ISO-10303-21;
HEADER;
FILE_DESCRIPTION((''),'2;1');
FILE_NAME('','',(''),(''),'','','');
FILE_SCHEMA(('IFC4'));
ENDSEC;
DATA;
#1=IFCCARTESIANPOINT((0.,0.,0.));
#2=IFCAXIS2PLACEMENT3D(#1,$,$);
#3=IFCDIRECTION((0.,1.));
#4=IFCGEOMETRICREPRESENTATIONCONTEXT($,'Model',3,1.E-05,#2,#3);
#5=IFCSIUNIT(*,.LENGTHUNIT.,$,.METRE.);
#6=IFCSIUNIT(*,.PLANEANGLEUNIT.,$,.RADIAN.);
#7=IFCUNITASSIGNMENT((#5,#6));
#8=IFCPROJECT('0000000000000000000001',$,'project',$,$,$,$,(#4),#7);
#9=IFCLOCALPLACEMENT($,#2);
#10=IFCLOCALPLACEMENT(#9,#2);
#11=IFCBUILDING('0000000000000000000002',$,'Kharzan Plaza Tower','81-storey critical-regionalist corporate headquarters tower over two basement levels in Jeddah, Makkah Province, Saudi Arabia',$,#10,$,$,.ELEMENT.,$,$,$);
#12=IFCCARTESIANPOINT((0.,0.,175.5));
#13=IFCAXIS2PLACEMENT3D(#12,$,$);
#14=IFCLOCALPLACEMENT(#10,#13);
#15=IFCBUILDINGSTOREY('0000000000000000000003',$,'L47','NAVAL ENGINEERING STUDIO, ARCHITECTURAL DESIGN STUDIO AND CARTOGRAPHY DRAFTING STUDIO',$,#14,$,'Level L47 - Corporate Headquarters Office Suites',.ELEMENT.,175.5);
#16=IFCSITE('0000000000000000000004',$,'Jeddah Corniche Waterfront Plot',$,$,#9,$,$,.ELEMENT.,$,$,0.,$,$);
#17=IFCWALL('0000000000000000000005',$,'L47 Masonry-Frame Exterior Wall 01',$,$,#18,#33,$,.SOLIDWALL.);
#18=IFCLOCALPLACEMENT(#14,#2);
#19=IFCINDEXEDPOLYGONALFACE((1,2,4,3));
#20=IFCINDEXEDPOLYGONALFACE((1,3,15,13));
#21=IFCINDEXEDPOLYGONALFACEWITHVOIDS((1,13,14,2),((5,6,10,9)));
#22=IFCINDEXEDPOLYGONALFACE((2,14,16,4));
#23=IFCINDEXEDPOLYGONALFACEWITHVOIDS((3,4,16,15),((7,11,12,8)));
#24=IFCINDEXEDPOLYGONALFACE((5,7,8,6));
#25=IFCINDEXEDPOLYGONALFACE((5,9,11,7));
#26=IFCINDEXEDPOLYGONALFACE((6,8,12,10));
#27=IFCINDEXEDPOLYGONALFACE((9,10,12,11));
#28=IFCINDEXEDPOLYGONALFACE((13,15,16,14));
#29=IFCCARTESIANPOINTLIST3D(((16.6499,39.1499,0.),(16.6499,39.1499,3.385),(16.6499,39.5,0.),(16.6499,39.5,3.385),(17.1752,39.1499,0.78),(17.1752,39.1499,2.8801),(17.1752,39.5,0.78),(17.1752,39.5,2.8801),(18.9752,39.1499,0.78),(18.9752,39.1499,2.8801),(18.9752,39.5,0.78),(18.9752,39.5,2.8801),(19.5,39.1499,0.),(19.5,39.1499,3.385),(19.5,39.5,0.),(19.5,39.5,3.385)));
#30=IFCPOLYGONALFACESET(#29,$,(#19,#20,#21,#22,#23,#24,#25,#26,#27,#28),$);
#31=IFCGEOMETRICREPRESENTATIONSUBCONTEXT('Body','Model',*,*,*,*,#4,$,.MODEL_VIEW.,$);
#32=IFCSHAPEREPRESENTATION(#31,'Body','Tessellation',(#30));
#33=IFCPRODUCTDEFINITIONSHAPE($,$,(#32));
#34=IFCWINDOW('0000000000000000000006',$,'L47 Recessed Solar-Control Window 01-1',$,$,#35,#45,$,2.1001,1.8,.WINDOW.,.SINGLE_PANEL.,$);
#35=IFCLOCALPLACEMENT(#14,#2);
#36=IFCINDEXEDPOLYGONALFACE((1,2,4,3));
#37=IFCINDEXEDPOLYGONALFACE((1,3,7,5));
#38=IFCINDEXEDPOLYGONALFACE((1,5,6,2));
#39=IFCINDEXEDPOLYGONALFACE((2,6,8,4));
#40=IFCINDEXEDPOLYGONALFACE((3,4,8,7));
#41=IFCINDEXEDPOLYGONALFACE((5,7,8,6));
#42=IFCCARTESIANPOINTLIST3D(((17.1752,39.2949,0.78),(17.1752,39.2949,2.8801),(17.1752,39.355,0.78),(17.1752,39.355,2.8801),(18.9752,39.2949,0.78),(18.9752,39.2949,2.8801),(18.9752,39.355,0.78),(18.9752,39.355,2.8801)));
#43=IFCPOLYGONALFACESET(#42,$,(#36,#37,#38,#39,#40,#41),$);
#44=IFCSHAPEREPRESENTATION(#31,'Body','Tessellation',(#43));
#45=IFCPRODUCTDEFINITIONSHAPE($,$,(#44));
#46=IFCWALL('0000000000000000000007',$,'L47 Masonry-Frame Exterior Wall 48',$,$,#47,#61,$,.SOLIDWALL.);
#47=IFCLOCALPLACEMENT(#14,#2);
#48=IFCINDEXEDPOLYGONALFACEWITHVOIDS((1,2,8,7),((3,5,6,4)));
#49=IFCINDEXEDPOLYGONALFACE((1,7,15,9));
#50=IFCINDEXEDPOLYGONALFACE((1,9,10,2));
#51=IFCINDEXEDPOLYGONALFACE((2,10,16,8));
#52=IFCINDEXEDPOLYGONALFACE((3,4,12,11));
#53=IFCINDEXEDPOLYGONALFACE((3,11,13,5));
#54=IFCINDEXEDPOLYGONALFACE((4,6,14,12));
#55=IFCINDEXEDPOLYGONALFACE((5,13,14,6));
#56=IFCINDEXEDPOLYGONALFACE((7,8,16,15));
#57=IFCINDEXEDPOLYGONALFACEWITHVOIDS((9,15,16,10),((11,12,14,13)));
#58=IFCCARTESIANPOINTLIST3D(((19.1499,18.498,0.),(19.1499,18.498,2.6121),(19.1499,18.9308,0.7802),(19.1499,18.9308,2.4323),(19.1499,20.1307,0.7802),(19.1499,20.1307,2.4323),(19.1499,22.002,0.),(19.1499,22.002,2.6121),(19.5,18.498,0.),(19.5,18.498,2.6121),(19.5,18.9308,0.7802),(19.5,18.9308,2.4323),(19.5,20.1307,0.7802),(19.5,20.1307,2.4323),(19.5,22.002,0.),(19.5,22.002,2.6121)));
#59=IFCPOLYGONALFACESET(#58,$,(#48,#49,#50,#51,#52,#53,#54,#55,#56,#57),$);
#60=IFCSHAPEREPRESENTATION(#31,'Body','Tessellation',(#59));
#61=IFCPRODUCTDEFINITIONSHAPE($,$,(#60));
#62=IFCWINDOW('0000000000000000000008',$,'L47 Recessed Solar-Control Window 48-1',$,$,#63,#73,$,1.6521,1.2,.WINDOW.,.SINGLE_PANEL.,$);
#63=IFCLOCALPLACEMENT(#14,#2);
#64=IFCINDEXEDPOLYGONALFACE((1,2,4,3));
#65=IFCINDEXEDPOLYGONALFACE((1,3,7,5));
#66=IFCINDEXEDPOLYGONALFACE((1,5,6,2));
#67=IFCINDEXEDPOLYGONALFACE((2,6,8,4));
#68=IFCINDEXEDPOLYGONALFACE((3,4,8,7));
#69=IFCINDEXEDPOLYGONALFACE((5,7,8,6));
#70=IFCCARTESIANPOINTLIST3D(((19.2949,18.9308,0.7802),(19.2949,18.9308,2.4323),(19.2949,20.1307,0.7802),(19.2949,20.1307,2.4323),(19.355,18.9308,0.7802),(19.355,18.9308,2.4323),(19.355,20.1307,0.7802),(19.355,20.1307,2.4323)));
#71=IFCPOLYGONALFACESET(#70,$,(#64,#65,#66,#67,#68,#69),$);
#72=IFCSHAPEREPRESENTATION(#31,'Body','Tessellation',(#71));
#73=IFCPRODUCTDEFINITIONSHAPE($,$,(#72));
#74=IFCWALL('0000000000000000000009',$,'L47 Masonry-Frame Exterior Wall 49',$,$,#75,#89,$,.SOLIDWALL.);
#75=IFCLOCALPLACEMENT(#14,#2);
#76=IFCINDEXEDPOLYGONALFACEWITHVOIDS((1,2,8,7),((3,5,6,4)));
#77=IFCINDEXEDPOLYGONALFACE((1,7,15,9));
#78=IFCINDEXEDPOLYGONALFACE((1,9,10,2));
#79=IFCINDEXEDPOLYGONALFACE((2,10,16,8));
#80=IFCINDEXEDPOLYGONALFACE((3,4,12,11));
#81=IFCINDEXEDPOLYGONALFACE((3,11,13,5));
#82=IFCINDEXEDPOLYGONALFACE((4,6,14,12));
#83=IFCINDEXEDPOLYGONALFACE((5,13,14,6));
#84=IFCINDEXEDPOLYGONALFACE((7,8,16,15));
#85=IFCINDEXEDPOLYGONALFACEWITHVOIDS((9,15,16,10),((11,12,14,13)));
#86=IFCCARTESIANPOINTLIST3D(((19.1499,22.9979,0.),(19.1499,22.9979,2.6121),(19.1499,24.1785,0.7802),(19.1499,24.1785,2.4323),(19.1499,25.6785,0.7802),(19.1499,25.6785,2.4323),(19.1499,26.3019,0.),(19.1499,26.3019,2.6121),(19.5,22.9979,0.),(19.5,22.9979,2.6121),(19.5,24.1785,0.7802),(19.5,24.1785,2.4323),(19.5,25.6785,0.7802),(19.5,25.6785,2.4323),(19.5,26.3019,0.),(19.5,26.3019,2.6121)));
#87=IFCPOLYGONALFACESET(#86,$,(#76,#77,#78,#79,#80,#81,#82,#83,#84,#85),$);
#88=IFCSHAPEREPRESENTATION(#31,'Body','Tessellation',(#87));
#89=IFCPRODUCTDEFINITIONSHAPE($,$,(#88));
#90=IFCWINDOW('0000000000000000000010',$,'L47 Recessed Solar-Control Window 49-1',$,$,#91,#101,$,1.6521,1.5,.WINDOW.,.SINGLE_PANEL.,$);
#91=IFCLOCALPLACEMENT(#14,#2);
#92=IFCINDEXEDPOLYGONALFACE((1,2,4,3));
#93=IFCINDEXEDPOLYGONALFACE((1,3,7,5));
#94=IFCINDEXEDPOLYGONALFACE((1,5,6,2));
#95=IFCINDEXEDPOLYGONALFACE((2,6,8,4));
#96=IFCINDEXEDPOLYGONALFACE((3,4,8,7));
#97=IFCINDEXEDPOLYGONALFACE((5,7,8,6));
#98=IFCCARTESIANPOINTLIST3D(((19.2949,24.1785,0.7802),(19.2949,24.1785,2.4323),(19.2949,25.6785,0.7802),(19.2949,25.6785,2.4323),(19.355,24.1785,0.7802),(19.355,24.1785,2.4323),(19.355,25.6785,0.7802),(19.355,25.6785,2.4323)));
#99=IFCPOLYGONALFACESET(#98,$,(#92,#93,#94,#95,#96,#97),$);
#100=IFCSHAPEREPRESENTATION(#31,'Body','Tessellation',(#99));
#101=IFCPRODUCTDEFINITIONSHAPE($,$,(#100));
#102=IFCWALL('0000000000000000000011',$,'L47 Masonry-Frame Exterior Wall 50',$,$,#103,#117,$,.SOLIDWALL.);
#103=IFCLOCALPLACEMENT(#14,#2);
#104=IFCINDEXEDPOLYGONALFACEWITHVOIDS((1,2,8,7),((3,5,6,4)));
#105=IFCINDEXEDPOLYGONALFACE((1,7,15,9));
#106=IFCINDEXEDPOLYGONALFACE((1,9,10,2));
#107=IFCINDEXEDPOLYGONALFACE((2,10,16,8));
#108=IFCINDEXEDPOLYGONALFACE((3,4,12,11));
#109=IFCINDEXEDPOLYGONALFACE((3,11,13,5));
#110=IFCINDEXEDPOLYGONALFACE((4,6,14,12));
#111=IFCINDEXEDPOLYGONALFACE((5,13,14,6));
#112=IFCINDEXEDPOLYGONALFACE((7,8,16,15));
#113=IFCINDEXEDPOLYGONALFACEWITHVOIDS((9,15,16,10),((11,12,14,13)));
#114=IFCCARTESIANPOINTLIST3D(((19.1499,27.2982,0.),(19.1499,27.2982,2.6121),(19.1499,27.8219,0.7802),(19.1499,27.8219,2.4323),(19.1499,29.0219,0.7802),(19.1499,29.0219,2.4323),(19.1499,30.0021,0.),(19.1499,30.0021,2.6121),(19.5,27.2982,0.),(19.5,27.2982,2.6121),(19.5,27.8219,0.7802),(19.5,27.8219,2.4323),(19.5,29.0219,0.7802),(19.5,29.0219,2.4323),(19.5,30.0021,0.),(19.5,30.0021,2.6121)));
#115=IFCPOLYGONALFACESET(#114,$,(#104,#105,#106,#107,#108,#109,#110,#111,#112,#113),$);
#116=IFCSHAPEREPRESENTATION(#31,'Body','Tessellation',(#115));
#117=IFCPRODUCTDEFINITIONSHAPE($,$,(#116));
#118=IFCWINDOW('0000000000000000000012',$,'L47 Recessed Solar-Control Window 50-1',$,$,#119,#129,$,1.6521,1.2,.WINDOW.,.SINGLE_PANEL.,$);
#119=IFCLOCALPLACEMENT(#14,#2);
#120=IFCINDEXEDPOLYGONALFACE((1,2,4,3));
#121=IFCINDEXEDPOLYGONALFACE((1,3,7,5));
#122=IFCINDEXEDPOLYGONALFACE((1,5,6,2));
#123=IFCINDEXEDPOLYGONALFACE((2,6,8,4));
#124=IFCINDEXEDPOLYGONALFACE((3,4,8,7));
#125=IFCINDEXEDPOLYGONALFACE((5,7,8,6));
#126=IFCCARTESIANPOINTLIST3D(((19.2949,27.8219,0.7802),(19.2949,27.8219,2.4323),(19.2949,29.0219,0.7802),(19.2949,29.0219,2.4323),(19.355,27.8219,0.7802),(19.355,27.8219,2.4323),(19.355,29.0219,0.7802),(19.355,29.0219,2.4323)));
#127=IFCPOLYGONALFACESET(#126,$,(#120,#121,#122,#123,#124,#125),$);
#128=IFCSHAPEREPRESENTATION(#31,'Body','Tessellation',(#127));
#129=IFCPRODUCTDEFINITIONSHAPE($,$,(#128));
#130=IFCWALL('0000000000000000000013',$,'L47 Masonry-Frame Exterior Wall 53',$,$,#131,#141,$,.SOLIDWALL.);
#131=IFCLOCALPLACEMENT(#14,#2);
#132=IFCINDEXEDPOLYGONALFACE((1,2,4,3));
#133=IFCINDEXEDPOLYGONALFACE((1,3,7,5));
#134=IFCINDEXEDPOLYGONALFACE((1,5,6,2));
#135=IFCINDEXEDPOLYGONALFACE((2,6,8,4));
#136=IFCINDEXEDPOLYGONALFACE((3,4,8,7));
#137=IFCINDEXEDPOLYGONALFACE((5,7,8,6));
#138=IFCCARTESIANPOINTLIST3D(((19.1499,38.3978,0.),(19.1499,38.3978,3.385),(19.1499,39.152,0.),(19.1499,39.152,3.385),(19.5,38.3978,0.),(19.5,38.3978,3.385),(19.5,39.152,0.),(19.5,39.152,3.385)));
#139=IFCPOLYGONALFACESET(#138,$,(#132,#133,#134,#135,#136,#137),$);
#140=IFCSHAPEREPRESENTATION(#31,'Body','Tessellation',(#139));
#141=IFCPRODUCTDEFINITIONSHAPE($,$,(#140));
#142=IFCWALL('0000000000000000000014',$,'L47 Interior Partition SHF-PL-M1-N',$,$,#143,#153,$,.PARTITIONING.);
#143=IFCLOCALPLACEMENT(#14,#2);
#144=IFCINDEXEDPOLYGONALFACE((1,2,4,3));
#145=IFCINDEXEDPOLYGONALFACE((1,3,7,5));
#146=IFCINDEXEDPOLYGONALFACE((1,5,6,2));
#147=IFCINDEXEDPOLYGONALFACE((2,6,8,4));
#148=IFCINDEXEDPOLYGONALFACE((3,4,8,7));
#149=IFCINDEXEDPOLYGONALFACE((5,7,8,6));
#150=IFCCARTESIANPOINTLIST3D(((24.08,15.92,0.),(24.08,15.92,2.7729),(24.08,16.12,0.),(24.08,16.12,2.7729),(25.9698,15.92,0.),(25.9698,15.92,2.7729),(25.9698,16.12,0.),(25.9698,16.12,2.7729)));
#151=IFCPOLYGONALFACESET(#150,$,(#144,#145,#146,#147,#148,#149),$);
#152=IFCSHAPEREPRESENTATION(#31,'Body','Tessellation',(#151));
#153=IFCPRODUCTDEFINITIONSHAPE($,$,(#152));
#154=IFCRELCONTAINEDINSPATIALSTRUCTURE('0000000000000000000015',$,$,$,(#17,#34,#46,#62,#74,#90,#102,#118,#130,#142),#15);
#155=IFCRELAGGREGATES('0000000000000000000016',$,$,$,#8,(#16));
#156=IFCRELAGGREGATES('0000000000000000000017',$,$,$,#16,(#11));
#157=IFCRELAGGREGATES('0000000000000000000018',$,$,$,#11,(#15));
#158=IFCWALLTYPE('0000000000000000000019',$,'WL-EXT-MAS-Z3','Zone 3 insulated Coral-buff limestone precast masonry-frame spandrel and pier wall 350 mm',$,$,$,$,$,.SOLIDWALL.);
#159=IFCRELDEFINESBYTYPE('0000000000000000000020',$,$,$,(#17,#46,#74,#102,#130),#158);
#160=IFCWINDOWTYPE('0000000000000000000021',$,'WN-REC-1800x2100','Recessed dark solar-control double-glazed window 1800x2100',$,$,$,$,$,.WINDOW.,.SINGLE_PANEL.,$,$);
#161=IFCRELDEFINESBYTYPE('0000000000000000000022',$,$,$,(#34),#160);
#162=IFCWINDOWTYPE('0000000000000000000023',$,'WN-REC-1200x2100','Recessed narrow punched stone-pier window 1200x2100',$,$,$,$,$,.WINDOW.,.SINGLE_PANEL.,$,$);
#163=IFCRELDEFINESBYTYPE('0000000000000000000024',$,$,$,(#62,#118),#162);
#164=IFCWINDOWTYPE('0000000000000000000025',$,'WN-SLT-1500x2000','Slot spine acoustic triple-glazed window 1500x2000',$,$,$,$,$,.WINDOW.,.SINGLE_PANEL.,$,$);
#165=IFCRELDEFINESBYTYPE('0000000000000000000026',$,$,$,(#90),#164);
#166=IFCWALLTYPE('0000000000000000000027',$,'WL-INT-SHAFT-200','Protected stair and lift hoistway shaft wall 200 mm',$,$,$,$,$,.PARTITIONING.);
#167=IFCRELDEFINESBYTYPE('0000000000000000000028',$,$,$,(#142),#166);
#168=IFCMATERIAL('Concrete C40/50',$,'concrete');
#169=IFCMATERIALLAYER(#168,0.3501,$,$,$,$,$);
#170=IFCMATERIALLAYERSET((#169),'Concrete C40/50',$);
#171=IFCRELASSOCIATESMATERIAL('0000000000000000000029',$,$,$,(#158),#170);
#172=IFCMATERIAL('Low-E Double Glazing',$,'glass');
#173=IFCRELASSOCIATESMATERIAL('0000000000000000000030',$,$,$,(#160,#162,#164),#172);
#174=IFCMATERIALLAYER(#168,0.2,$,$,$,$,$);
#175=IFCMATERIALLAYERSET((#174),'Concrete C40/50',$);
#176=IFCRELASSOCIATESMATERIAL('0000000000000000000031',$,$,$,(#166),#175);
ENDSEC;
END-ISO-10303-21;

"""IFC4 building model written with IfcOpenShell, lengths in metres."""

from ifc_helpers import new_model, si_unit, direction, frame, frame_2d, origin, place, context, subcontext, project, spatial, rectangle, extrude, source, transform, mapped, material, layer, layer_set, type_object, element, fill, save


model = new_model("IFC4")

# Units and contexts
model_context = context("Model", 3, precision=1e-05, world=origin(), true_north=direction((0.0, 1.0)))
body_context = subcontext(model_context, "Body", "Model", "MODEL_VIEW")
ifc_project = project(units=[si_unit("LENGTHUNIT", "METRE"), si_unit("PLANEANGLEUNIT", "RADIAN")], contexts=[model_context])

# Site, building, storey
site_placement = place(None, origin())
site = spatial("IfcSite", under=ifc_project, at=site_placement, Name="Jeddah Corniche Waterfront Plot", CompositionType="ELEMENT", RefElevation=0.0)
building_placement = place(site_placement, origin())
building = spatial("IfcBuilding", under=site, at=building_placement, Name="Kharzan Plaza Tower", Description="81-storey critical-regionalist corporate headquarters tower over two basement levels in Jeddah, Makkah Province, Saudi Arabia", CompositionType="ELEMENT")
storey_placement = place(building_placement, frame((0.0, 0.0, 175.5)))
storey = spatial("IfcBuildingStorey", under=building, at=storey_placement, Name="L47", Description="NAVAL ENGINEERING STUDIO, ARCHITECTURAL DESIGN STUDIO AND CARTOGRAPHY DRAFTING STUDIO", LongName="Level L47 - Corporate Headquarters Office Suites", CompositionType="ELEMENT", Elevation=175.5)

# Walls, openings, windows
ifc_material_1 = material(Name="Concrete C40/50", Category="concrete")
ifc_layer_1 = layer(ifc_material_1, 0.3501)
ifc_layer_set_1 = layer_set([ifc_layer_1], Name="Concrete C40/50")
wall_type_1 = type_object("IfcWallType", Name="WL-EXT-MAS-Z3", Description="Zone 3 insulated Coral-buff limestone precast masonry-frame spandrel and pier wall 350 mm", PredefinedType="SOLIDWALL", material=ifc_layer_set_1)
wall_1_placement = place(storey_placement, frame((19.5, 39.325, 0.0), z_axis=(0.0, 0.0, 1.0), x_axis=(-1.0, 0.0, 0.0)))
wall_1 = element("IfcWall", 1, at=wall_1_placement, inside=storey, type_object=wall_type_1, Name="L47 Masonry-Frame Exterior Wall 01", PredefinedType="SOLIDWALL", context=body_context, shape_type="SweptSolid", body=[
    extrude(rectangle(XDim=2.8501, YDim=0.3501, at=frame_2d((1.425, 0.0))), origin(), (0.0, 0.0, 1.0), 3.385),
])
opening_1_placement = place(wall_1_placement, frame((0.5249, 0.0, 0.78)))
opening_1 = element("IfcOpeningElement", 2, at=opening_1_placement, cuts=wall_1, PredefinedType="OPENING", context=body_context, shape_type="SweptSolid", body=[
    extrude(rectangle(XDim=1.8, YDim=2.1001, at=frame_2d((0.8999, 1.05))), frame((0.0, 0.1851, 0.0), z_axis=(0.0, -1.0, 0.0), x_axis=(1.0, 0.0, 0.0)), (0.0, 0.0, 1.0), 0.3701),
])
ifc_material_2 = material(Name="Low-E Double Glazing", Category="glass")
window_type_1 = type_object("IfcWindowType", Name="WN-REC-1800x2100", Description="Recessed dark solar-control double-glazed window 1800x2100", PartitioningType="SINGLE_PANEL", PredefinedType="WINDOW", material=ifc_material_2)
shared_shape_1 = source(origin(), body_context, "Body", "SweptSolid", [
    extrude(rectangle(XDim=1.8, YDim=2.1001, at=frame_2d((0.8999, 1.05))), frame((0.0, 0.03, 0.0), z_axis=(0.0, -1.0, 0.0), x_axis=(1.0, 0.0, 0.0)), (0.0, 0.0, 1.0), 0.0601),
])
window_1_placement = place(opening_1_placement, origin())
window_1 = element("IfcWindow", 3, at=window_1_placement, inside=storey, type_object=window_type_1, Name="L47 Recessed Solar-Control Window 01-1", OverallHeight=2.1001, OverallWidth=1.8, PartitioningType="SINGLE_PANEL", PredefinedType="WINDOW", context=body_context, shape_type="MappedRepresentation", body=[
    mapped(shared_shape_1, transform((0.0, 0.0, 0.0), x_axis=(1.0, 0.0, 0.0), y_axis=(0.0, 1.0, 0.0), z_axis=(0.0, 0.0, 1.0))),
])
fill(opening_1, window_1)
wall_2_placement = place(storey_placement, frame((19.325, 18.498, 0.0), z_axis=(0.0, 0.0, 1.0), x_axis=(0.0, 1.0, 0.0)))
wall_2 = element("IfcWall", 4, at=wall_2_placement, inside=storey, type_object=wall_type_1, Name="L47 Masonry-Frame Exterior Wall 48", PredefinedType="SOLIDWALL", context=body_context, shape_type="SweptSolid", body=[
    extrude(rectangle(XDim=3.5039, YDim=0.3501, at=frame_2d((1.752, 0.0))), origin(), (0.0, 0.0, 1.0), 2.6121),
])
opening_2_placement = place(wall_2_placement, frame((0.4326, 0.0, 0.78)))
opening_2 = element("IfcOpeningElement", 5, at=opening_2_placement, cuts=wall_2, PredefinedType="OPENING", context=body_context, shape_type="SweptSolid", body=[
    extrude(rectangle(XDim=1.2, YDim=1.6521, at=frame_2d((0.6001, 0.8262))), frame((0.0, 0.1851, 0.0), z_axis=(0.0, -1.0, 0.0), x_axis=(1.0, 0.0, 0.0)), (0.0, 0.0, 1.0), 0.3701),
])
window_type_2 = type_object("IfcWindowType", Name="WN-REC-1200x2100", Description="Recessed narrow punched stone-pier window 1200x2100", PartitioningType="SINGLE_PANEL", PredefinedType="WINDOW", material=ifc_material_2)
shared_shape_2 = source(origin(), body_context, "Body", "SweptSolid", [
    extrude(rectangle(XDim=1.2, YDim=1.6521, at=frame_2d((0.6001, 0.8262))), frame((0.0, 0.03, 0.0), z_axis=(0.0, -1.0, 0.0), x_axis=(1.0, 0.0, 0.0)), (0.0, 0.0, 1.0), 0.0601),
])
window_2_placement = place(opening_2_placement, origin())
window_2 = element("IfcWindow", 6, at=window_2_placement, inside=storey, type_object=window_type_2, Name="L47 Recessed Solar-Control Window 48-1", OverallHeight=1.6521, OverallWidth=1.2, PartitioningType="SINGLE_PANEL", PredefinedType="WINDOW", context=body_context, shape_type="MappedRepresentation", body=[
    mapped(shared_shape_2, transform((0.0, 0.0, 0.0), x_axis=(1.0, 0.0, 0.0), y_axis=(0.0, 1.0, 0.0), z_axis=(0.0, 0.0, 1.0))),
])
fill(opening_2, window_2)
wall_3_placement = place(storey_placement, frame((19.325, 22.998, 0.0), z_axis=(0.0, 0.0, 1.0), x_axis=(0.0, 1.0, 0.0)))
wall_3 = element("IfcWall", 7, at=wall_3_placement, inside=storey, type_object=wall_type_1, Name="L47 Masonry-Frame Exterior Wall 49", PredefinedType="SOLIDWALL", context=body_context, shape_type="SweptSolid", body=[
    extrude(rectangle(XDim=3.304, YDim=0.3501, at=frame_2d((1.6519, 0.0))), origin(), (0.0, 0.0, 1.0), 2.6121),
])
opening_3_placement = place(wall_3_placement, frame((1.1804, 0.0, 0.78)))
opening_3 = element("IfcOpeningElement", 8, at=opening_3_placement, cuts=wall_3, PredefinedType="OPENING", context=body_context, shape_type="SweptSolid", body=[
    extrude(rectangle(XDim=1.5, YDim=1.6521, at=frame_2d((0.75, 0.8262))), frame((0.0, 0.1851, 0.0), z_axis=(0.0, -1.0, 0.0), x_axis=(1.0, 0.0, 0.0)), (0.0, 0.0, 1.0), 0.3701),
])
window_type_3 = type_object("IfcWindowType", Name="WN-SLT-1500x2000", Description="Slot spine acoustic triple-glazed window 1500x2000", PartitioningType="SINGLE_PANEL", PredefinedType="WINDOW", material=ifc_material_2)
shared_shape_3 = source(origin(), body_context, "Body", "SweptSolid", [
    extrude(rectangle(XDim=1.5, YDim=1.6521, at=frame_2d((0.75, 0.8262))), frame((0.0, 0.03, 0.0), z_axis=(0.0, -1.0, 0.0), x_axis=(1.0, 0.0, 0.0)), (0.0, 0.0, 1.0), 0.0601),
])
window_3_placement = place(opening_3_placement, origin())
window_3 = element("IfcWindow", 9, at=window_3_placement, inside=storey, type_object=window_type_3, Name="L47 Recessed Solar-Control Window 49-1", OverallHeight=1.6521, OverallWidth=1.5, PartitioningType="SINGLE_PANEL", PredefinedType="WINDOW", context=body_context, shape_type="MappedRepresentation", body=[
    mapped(shared_shape_3, transform((0.0, 0.0, 0.0), x_axis=(1.0, 0.0, 0.0), y_axis=(0.0, 1.0, 0.0), z_axis=(0.0, 0.0, 1.0))),
])
fill(opening_3, window_3)
wall_4_placement = place(storey_placement, frame((19.325, 27.2981, 0.0), z_axis=(0.0, 0.0, 1.0), x_axis=(0.0, 1.0, 0.0)))
wall_4 = element("IfcWall", 10, at=wall_4_placement, inside=storey, type_object=wall_type_1, Name="L47 Masonry-Frame Exterior Wall 50", PredefinedType="SOLIDWALL", context=body_context, shape_type="SweptSolid", body=[
    extrude(rectangle(XDim=2.7039, YDim=0.3501, at=frame_2d((1.3521, 0.0))), origin(), (0.0, 0.0, 1.0), 2.6121),
])
opening_4_placement = place(wall_4_placement, frame((0.5237, 0.0, 0.78)))
opening_4 = element("IfcOpeningElement", 11, at=opening_4_placement, cuts=wall_4, PredefinedType="OPENING", context=body_context, shape_type="SweptSolid", body=[
    extrude(rectangle(XDim=1.2, YDim=1.6521, at=frame_2d((0.6001, 0.8262))), frame((0.0, 0.1851, 0.0), z_axis=(0.0, -1.0, 0.0), x_axis=(1.0, 0.0, 0.0)), (0.0, 0.0, 1.0), 0.3701),
])
window_4_placement = place(opening_4_placement, origin())
window_4 = element("IfcWindow", 12, at=window_4_placement, inside=storey, type_object=window_type_2, Name="L47 Recessed Solar-Control Window 50-1", OverallHeight=1.6521, OverallWidth=1.2, PartitioningType="SINGLE_PANEL", PredefinedType="WINDOW", context=body_context, shape_type="MappedRepresentation", body=[
    mapped(shared_shape_2, transform((0.0, 0.0, 0.0), x_axis=(1.0, 0.0, 0.0), y_axis=(0.0, 1.0, 0.0), z_axis=(0.0, 0.0, 1.0))),
])
fill(opening_4, window_4)

# Walls
shared_shape_4 = source(origin(), body_context, "Body", "SweptSolid", [
    extrude(rectangle(XDim=0.7542, YDim=0.3501, at=frame_2d((0.377, 0.0))), origin(), (0.0, 0.0, 1.0), 3.385),
])
wall_5_placement = place(storey_placement, frame((19.325, 38.3979, 0.0), z_axis=(0.0, 0.0, 1.0), x_axis=(0.0, 1.0, 0.0)))
element("IfcWall", 13, at=wall_5_placement, inside=storey, type_object=wall_type_1, Name="L47 Masonry-Frame Exterior Wall 53", PredefinedType="SOLIDWALL", context=body_context, shape_type="MappedRepresentation", body=[
    mapped(shared_shape_4, transform((0.0, 0.0, 0.0), x_axis=(1.0, 0.0, 0.0), y_axis=(0.0, 1.0, 0.0), z_axis=(0.0, 0.0, 1.0))),
])
ifc_layer_2 = layer(ifc_material_1, 0.2)
ifc_layer_set_2 = layer_set([ifc_layer_2], Name="Concrete C40/50")
wall_type_2 = type_object("IfcWallType", Name="WL-INT-SHAFT-200", Description="Protected stair and lift hoistway shaft wall 200 mm", PredefinedType="PARTITIONING", material=ifc_layer_set_2)
shared_shape_5 = source(origin(), body_context, "Body", "SweptSolid", [
    extrude(rectangle(XDim=1.8899, YDim=0.2, at=frame_2d((0.9448, 0.0))), origin(), (0.0, 0.0, 1.0), 2.7729),
])
wall_6_placement = place(storey_placement, frame((24.0801, 16.02, 0.0), z_axis=(0.0, 0.0, 1.0), x_axis=(1.0, 0.0, 0.0)))
element("IfcWall", 14, at=wall_6_placement, inside=storey, type_object=wall_type_2, Name="L47 Interior Partition SHF-PL-M1-N", PredefinedType="PARTITIONING", context=body_context, shape_type="MappedRepresentation", body=[
    mapped(shared_shape_5, transform((0.0, 0.0, 0.0), x_axis=(1.0, 0.0, 0.0), y_axis=(0.0, 1.0, 0.0), z_axis=(0.0, 0.0, 1.0))),
])

save(model, "model.ifc")
